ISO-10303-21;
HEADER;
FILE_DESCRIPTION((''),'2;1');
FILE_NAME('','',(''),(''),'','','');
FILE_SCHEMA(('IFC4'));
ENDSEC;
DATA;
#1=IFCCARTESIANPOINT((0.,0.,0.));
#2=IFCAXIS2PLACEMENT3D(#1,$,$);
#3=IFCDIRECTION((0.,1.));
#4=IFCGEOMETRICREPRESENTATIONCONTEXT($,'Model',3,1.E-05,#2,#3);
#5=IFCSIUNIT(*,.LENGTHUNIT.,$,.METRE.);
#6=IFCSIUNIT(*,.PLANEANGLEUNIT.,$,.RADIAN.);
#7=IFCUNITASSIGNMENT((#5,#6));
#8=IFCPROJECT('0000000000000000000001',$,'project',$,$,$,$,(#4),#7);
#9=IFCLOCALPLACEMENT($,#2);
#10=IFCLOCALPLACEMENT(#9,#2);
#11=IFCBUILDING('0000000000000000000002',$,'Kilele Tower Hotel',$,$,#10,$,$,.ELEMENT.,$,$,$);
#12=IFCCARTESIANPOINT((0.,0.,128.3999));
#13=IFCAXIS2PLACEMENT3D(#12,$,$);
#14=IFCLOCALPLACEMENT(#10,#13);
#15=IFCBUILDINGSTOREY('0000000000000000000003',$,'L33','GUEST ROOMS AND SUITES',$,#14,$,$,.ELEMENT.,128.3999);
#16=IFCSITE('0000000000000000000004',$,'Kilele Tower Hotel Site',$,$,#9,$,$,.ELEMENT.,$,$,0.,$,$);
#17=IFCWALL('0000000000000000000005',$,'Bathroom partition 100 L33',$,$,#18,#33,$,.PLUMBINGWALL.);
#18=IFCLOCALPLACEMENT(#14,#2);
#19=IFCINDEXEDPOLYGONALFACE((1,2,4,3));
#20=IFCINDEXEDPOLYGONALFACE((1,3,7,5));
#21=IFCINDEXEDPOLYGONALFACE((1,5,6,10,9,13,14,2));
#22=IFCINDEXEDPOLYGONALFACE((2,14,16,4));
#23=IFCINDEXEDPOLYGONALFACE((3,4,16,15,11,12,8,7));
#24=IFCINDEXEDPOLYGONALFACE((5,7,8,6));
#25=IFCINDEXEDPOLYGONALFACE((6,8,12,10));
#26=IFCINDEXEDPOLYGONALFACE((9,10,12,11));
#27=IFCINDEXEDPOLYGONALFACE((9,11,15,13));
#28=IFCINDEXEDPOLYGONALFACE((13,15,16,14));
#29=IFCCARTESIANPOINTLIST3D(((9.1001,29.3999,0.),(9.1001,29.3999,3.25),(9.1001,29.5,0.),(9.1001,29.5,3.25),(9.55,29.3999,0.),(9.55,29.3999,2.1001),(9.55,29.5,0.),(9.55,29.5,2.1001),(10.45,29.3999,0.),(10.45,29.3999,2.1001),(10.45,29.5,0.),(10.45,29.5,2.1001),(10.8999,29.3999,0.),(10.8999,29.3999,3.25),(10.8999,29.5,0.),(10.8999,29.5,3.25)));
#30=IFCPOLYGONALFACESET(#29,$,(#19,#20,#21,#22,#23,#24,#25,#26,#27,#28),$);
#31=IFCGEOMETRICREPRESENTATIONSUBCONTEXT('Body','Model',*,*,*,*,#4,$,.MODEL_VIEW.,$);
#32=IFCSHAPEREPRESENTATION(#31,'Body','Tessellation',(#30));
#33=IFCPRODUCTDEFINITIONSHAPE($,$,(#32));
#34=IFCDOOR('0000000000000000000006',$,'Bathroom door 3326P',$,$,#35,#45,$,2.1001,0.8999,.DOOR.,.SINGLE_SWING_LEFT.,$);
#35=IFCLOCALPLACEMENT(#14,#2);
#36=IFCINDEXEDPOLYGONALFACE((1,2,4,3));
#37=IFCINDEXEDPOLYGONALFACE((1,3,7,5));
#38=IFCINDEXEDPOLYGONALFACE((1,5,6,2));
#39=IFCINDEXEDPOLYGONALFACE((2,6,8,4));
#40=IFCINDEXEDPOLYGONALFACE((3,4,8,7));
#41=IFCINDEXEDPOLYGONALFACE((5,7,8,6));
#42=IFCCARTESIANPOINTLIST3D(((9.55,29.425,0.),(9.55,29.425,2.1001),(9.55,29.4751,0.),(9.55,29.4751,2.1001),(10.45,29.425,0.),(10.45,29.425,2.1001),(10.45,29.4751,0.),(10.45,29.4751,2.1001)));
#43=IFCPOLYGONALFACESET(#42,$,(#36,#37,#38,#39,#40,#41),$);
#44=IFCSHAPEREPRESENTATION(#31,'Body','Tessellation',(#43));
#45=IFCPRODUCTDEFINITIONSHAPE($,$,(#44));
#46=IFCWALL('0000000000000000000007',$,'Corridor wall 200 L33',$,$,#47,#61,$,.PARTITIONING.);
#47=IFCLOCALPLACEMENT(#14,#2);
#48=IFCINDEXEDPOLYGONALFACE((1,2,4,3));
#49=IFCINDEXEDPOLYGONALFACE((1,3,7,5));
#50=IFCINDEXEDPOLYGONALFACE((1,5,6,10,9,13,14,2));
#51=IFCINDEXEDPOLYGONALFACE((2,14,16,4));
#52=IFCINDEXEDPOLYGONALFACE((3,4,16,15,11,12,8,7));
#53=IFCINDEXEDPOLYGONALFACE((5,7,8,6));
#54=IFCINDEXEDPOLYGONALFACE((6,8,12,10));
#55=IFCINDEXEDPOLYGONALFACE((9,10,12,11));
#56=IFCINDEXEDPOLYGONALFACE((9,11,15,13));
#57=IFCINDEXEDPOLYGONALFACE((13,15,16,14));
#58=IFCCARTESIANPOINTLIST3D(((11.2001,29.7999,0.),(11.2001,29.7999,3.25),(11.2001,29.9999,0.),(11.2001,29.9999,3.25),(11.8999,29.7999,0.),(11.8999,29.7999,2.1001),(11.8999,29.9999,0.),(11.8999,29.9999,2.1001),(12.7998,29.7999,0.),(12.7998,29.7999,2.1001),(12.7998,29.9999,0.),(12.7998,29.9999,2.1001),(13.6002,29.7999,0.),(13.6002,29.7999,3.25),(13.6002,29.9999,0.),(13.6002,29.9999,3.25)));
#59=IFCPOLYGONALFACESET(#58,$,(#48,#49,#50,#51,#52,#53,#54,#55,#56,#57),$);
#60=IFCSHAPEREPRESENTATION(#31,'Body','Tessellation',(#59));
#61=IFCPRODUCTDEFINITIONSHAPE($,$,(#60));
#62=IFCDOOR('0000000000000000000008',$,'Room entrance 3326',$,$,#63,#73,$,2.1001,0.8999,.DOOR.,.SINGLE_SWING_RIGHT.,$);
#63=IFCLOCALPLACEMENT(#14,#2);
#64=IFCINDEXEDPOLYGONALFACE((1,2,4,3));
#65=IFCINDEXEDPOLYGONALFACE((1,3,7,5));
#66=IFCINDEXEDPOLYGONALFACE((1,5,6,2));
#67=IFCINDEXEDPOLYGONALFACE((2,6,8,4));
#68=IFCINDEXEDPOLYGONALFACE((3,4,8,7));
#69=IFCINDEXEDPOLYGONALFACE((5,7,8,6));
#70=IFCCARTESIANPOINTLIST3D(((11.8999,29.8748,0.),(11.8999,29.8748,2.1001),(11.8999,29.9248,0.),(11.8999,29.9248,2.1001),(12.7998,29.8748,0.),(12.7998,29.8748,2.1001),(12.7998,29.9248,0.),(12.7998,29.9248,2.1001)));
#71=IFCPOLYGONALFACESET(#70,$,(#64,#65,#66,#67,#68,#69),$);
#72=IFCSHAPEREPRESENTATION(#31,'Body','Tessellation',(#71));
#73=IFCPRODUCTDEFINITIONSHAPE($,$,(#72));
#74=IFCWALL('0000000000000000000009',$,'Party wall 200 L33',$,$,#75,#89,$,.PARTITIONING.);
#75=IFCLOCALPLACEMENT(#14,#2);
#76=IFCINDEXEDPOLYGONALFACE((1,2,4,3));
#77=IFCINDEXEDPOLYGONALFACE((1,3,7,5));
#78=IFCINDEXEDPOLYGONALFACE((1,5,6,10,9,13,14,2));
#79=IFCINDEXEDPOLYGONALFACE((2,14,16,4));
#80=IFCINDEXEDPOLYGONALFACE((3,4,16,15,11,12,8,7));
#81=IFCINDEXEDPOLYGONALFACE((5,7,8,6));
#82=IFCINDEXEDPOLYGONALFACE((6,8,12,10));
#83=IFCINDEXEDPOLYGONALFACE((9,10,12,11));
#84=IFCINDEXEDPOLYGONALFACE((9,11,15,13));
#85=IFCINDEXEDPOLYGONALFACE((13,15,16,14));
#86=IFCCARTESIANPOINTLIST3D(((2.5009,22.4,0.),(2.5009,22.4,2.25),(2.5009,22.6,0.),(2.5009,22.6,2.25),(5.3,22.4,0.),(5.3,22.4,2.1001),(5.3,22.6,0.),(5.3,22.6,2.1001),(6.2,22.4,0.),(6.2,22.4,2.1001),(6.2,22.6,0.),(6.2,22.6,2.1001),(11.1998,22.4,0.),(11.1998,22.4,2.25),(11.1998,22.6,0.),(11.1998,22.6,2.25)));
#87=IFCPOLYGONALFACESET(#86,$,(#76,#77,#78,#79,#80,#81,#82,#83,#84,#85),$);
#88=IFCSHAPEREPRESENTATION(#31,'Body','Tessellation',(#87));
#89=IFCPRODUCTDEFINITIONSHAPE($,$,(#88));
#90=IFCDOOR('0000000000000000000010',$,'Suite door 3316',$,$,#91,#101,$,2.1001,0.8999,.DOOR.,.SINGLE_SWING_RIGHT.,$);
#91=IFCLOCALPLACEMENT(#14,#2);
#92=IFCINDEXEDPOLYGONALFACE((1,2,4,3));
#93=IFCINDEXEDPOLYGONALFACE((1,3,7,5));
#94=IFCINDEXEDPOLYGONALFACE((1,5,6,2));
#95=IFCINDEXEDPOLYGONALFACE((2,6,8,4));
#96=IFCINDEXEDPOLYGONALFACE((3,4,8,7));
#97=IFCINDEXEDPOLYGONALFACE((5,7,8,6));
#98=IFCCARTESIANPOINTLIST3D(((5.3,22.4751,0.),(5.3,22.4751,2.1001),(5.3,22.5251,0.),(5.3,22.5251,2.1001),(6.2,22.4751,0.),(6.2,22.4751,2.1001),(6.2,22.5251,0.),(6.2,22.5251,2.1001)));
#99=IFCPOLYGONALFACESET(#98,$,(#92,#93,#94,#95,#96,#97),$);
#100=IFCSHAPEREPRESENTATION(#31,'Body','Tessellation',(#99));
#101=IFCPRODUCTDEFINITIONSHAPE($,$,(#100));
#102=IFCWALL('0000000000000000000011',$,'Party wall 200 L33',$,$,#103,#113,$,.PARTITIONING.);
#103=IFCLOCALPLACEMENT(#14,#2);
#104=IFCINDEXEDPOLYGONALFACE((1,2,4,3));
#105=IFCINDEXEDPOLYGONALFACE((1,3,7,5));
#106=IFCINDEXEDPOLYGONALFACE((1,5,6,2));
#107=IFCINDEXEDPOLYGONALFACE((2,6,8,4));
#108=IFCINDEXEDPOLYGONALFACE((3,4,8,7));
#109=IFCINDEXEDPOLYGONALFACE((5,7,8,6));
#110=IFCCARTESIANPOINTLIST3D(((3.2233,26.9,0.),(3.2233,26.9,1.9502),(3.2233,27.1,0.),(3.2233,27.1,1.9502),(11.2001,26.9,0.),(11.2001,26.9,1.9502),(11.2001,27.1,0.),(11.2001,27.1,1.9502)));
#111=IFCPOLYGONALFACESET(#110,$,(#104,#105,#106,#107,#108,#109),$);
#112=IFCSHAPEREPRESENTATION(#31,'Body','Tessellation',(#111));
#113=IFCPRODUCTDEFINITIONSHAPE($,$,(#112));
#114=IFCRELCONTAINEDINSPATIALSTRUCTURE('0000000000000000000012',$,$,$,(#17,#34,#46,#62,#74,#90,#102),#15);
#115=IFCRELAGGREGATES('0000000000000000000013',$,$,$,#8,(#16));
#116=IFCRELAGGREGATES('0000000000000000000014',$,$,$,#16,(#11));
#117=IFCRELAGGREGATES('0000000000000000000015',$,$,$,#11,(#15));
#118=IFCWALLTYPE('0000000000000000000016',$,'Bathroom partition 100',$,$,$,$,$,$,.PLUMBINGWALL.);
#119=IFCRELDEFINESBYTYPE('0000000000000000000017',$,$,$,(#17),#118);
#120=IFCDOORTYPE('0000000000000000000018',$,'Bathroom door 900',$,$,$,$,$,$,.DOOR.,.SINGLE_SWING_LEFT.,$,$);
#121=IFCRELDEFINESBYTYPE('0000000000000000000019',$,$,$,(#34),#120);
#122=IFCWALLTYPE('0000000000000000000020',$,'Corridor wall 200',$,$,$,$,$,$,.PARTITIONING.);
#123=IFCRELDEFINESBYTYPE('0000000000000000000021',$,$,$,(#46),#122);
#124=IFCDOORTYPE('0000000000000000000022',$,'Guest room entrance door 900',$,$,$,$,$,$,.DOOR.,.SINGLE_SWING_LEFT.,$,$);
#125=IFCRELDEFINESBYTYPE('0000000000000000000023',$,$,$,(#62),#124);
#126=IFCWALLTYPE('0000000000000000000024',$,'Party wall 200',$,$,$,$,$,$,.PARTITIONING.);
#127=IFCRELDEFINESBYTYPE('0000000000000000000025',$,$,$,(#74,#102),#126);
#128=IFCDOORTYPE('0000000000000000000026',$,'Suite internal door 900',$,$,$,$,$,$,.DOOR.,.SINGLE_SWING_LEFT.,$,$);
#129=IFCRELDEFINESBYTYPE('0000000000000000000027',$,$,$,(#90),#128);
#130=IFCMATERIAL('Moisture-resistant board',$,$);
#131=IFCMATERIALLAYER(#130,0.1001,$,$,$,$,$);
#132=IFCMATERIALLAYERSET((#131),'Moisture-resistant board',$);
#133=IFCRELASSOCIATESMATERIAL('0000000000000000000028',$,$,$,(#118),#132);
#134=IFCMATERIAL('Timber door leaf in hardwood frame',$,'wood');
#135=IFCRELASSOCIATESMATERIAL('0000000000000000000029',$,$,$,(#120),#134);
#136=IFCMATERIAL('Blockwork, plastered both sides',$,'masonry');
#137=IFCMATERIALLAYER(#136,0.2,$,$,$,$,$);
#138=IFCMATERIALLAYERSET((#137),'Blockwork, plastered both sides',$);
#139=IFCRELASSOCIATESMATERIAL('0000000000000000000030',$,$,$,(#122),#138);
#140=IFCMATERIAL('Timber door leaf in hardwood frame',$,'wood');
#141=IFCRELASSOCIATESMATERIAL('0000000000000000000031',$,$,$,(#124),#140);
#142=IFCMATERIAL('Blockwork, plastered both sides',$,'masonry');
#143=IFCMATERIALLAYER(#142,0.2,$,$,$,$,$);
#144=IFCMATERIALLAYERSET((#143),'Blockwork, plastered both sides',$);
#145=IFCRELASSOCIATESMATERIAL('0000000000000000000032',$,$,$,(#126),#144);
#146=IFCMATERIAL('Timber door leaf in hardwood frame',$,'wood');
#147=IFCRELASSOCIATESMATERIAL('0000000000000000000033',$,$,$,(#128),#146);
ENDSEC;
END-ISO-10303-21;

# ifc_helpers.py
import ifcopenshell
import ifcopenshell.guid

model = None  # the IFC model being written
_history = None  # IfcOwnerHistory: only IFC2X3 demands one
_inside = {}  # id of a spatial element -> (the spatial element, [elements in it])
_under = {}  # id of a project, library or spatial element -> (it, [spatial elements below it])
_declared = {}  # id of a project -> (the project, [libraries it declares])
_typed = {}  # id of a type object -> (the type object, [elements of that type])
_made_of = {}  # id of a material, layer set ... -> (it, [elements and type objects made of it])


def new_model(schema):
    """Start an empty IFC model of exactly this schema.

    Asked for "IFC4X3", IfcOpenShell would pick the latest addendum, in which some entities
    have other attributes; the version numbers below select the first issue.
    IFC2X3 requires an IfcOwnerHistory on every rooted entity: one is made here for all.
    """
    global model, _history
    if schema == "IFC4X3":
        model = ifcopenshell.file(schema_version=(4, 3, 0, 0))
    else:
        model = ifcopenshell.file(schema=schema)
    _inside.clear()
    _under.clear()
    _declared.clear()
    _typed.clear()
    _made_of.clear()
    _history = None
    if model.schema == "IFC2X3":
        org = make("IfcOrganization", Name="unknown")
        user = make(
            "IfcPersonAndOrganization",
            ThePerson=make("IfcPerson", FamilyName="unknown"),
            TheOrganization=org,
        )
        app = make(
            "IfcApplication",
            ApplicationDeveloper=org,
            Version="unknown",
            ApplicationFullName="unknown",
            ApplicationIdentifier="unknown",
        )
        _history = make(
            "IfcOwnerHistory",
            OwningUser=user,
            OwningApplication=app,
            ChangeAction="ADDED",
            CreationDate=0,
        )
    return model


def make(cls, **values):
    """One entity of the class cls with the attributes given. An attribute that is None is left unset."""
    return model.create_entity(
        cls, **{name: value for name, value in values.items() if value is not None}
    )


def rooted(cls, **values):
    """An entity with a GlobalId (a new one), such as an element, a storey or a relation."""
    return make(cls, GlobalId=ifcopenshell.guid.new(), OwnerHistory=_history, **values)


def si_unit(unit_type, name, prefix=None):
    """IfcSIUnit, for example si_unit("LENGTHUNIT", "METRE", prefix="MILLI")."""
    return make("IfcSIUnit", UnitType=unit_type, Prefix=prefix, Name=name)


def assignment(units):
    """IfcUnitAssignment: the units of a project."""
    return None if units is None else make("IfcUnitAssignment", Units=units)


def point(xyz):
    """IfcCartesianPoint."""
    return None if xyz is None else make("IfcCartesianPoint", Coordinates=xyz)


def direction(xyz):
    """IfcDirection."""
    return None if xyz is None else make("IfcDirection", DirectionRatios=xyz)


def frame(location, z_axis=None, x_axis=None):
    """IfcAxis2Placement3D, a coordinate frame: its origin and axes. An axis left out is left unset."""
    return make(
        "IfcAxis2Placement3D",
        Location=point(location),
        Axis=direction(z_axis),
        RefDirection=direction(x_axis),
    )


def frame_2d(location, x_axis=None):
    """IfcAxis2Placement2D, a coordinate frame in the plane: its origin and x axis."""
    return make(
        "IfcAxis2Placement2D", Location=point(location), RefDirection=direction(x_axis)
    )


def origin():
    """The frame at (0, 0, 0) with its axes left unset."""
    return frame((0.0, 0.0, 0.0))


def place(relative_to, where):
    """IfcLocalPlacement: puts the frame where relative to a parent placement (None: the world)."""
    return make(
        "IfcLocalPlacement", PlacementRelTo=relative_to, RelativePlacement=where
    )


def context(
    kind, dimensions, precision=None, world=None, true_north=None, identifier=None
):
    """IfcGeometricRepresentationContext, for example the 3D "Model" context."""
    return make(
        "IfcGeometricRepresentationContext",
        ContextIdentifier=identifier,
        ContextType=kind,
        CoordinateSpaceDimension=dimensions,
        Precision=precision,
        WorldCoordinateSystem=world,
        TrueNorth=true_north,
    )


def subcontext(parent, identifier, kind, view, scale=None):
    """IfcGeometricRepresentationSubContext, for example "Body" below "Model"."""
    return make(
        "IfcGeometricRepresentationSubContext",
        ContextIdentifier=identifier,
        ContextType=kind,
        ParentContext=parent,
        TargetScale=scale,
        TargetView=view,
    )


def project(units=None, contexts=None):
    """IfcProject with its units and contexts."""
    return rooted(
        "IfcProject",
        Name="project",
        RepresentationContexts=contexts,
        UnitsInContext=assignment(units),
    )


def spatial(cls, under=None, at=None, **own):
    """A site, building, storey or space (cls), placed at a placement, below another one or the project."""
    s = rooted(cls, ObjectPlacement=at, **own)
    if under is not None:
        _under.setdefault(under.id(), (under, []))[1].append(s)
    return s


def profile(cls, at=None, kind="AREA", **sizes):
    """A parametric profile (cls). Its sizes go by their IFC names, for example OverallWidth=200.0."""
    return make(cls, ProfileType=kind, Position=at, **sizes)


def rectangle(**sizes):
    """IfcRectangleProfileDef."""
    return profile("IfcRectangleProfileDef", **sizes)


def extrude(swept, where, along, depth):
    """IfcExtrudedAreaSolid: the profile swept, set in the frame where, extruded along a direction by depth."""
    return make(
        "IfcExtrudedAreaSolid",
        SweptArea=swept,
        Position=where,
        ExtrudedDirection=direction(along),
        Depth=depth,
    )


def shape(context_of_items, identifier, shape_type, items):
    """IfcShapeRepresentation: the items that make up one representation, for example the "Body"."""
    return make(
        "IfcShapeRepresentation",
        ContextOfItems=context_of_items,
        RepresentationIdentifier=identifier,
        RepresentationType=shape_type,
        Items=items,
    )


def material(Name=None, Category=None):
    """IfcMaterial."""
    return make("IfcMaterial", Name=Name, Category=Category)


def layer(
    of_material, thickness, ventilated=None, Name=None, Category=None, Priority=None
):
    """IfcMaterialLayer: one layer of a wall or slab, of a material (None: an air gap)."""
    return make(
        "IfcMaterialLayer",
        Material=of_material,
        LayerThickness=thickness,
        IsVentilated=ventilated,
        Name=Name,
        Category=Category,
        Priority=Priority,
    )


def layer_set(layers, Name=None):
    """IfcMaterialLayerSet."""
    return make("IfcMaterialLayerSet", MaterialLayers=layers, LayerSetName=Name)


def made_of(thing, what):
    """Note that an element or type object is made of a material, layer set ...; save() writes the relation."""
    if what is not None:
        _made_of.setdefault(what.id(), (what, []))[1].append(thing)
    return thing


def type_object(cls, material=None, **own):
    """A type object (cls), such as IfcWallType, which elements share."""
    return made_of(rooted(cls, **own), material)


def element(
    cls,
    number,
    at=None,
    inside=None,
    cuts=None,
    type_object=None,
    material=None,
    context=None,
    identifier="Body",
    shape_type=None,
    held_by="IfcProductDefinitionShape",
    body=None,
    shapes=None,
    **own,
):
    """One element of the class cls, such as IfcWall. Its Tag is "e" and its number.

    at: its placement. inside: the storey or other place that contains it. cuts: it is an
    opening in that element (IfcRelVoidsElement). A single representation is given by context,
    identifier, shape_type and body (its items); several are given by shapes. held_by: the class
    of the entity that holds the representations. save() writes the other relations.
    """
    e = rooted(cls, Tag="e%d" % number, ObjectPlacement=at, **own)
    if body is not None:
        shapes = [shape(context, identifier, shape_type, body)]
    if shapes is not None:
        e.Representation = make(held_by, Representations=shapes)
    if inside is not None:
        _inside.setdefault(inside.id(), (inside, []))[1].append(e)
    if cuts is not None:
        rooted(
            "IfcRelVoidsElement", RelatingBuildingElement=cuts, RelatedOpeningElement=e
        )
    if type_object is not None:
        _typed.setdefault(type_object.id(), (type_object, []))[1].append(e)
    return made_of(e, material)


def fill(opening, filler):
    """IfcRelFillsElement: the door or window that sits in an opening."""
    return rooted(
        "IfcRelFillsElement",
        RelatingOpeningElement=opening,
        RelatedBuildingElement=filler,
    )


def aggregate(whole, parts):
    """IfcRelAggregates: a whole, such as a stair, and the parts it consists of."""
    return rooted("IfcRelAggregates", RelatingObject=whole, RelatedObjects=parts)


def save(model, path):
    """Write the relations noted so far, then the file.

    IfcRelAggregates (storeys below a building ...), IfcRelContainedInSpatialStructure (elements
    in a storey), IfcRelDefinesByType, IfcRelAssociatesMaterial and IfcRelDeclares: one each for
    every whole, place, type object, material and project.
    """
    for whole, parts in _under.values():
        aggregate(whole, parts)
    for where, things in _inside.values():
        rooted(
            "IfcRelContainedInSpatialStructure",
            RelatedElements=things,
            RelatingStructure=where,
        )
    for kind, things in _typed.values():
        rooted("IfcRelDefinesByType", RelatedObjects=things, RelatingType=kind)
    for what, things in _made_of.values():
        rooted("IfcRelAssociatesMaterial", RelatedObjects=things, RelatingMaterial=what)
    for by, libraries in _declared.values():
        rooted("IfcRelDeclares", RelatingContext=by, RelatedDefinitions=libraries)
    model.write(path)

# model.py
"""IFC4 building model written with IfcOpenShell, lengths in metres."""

from ifc_helpers import new_model, si_unit, direction, frame, frame_2d, origin, place, context, subcontext, project, spatial, rectangle, extrude, material, layer, layer_set, type_object, element, fill, save


model = new_model("IFC4")

# Units and contexts
model_context = context("Model", 3, precision=1e-05, world=origin(), true_north=direction((0.0, 1.0)))
body_context = subcontext(model_context, "Body", "Model", "MODEL_VIEW")
ifc_project = project(units=[si_unit("LENGTHUNIT", "METRE"), si_unit("PLANEANGLEUNIT", "RADIAN")], contexts=[model_context])

# Site, building, storey
site_placement = place(None, origin())
site = spatial("IfcSite", under=ifc_project, at=site_placement, Name="Kilele Tower Hotel Site", CompositionType="ELEMENT", RefElevation=0.0)
building_placement = place(site_placement, origin())
building = spatial("IfcBuilding", under=site, at=building_placement, Name="Kilele Tower Hotel", CompositionType="ELEMENT")
storey_placement = place(building_placement, frame((0.0, 0.0, 128.3999)))
storey = spatial("IfcBuildingStorey", under=building, at=storey_placement, Name="L33", Description="GUEST ROOMS AND SUITES", CompositionType="ELEMENT", Elevation=128.3999)

# Shared definitions
ifc_material_1 = material(Name="Moisture-resistant board")
ifc_layer_1 = layer(ifc_material_1, 0.1001)
ifc_layer_set_1 = layer_set([ifc_layer_1], Name="Moisture-resistant board")
wall_type_1 = type_object("IfcWallType", Name="Bathroom partition 100", PredefinedType="PLUMBINGWALL", material=ifc_layer_set_1)
ifc_material_2 = material(Name="Timber door leaf in hardwood frame", Category="wood")
door_type_1 = type_object("IfcDoorType", Name="Bathroom door 900", OperationType="SINGLE_SWING_LEFT", PredefinedType="DOOR", material=ifc_material_2)

# Walls, openings, doors
wall_1_placement = place(storey_placement, frame((10.8999, 29.45, 0.0), z_axis=(0.0, 0.0, 1.0), x_axis=(-1.0, 0.0, 0.0)))
wall_1 = element("IfcWall", 1, at=wall_1_placement, inside=storey, type_object=wall_type_1, Name="Bathroom partition 100 L33", PredefinedType="PLUMBINGWALL", context=body_context, shape_type="SweptSolid", body=[
    extrude(rectangle(XDim=1.7998, YDim=0.1001, at=frame_2d((0.8999, 0.0))), origin(), (0.0, 0.0, 1.0), 3.25),
])
opening_1_placement = place(wall_1_placement, frame((0.45, 0.0, 0.0)))
opening_1 = element("IfcOpeningElement", 2, at=opening_1_placement, cuts=wall_1, PredefinedType="OPENING", context=body_context, shape_type="SweptSolid", body=[
    extrude(rectangle(XDim=0.8999, YDim=2.1001, at=frame_2d((0.45, 1.05))), frame((0.0, 0.0601, 0.0), z_axis=(0.0, -1.0, 0.0), x_axis=(1.0, 0.0, 0.0)), (0.0, 0.0, 1.0), 0.1201),
])
door_1_placement = place(opening_1_placement, origin())
door_1 = element("IfcDoor", 3, at=door_1_placement, inside=storey, type_object=door_type_1, Name="Bathroom door 3326P", OperationType="SINGLE_SWING_LEFT", OverallHeight=2.1001, OverallWidth=0.8999, PredefinedType="DOOR", context=body_context, shape_type="SweptSolid", body=[
    extrude(rectangle(XDim=0.8999, YDim=2.1001, at=frame_2d((0.45, 1.05))), frame((0.0, 0.0249, 0.0), z_axis=(0.0, -1.0, 0.0), x_axis=(1.0, 0.0, 0.0)), (0.0, 0.0, 1.0), 0.05),
])
fill(opening_1, door_1)
ifc_material_3 = material(Name="Blockwork, plastered both sides", Category="masonry")
ifc_layer_2 = layer(ifc_material_3, 0.2)
ifc_layer_set_2 = layer_set([ifc_layer_2], Name="Blockwork, plastered both sides")
wall_type_2 = type_object("IfcWallType", Name="Corridor wall 200", PredefinedType="PARTITIONING", material=ifc_layer_set_2)
wall_2_placement = place(storey_placement, frame((11.2, 29.8999, 0.0), z_axis=(0.0, 0.0, 1.0), x_axis=(1.0, 0.0, 0.0)))
wall_2 = element("IfcWall", 4, at=wall_2_placement, inside=storey, type_object=wall_type_2, Name="Corridor wall 200 L33", PredefinedType="PARTITIONING", context=body_context, shape_type="SweptSolid", body=[
    extrude(rectangle(XDim=2.4001, YDim=0.2, at=frame_2d((1.2002, 0.0))), origin(), (0.0, 0.0, 1.0), 3.25),
])
opening_2_placement = place(wall_2_placement, frame((0.7, 0.0, 0.0)))
opening_2 = element("IfcOpeningElement", 5, at=opening_2_placement, cuts=wall_2, PredefinedType="OPENING", context=body_context, shape_type="SweptSolid", body=[
    extrude(rectangle(XDim=0.8999, YDim=2.1001, at=frame_2d((0.45, 1.05))), frame((0.0, 0.1099, 0.0), z_axis=(0.0, -1.0, 0.0), x_axis=(1.0, 0.0, 0.0)), (0.0, 0.0, 1.0), 0.22),
])
ifc_material_4 = material(Name="Timber door leaf in hardwood frame", Category="wood")
door_type_2 = type_object("IfcDoorType", Name="Guest room entrance door 900", OperationType="SINGLE_SWING_LEFT", PredefinedType="DOOR", material=ifc_material_4)
door_2_placement = place(opening_2_placement, origin())
door_2 = element("IfcDoor", 6, at=door_2_placement, inside=storey, type_object=door_type_2, Name="Room entrance 3326", OperationType="SINGLE_SWING_RIGHT", OverallHeight=2.1001, OverallWidth=0.8999, PredefinedType="DOOR", context=body_context, shape_type="SweptSolid", body=[
    extrude(rectangle(XDim=0.8999, YDim=2.1001, at=frame_2d((0.45, 1.05))), frame((0.0, 0.0249, 0.0), z_axis=(0.0, -1.0, 0.0), x_axis=(1.0, 0.0, 0.0)), (0.0, 0.0, 1.0), 0.05),
])
fill(opening_2, door_2)
ifc_material_5 = material(Name="Blockwork, plastered both sides", Category="masonry")
ifc_layer_3 = layer(ifc_material_5, 0.2)
ifc_layer_set_3 = layer_set([ifc_layer_3], Name="Blockwork, plastered both sides")
wall_type_3 = type_object("IfcWallType", Name="Party wall 200", PredefinedType="PARTITIONING", material=ifc_layer_set_3)
wall_3_placement = place(storey_placement, frame((11.2, 22.5, 0.0), z_axis=(0.0, 0.0, 1.0), x_axis=(-1.0, 0.0, 0.0)))
wall_3 = element("IfcWall", 7, at=wall_3_placement, inside=storey, type_object=wall_type_3, Name="Party wall 200 L33", PredefinedType="PARTITIONING", context=body_context, shape_type="SweptSolid", body=[
    extrude(rectangle(XDim=8.699, YDim=0.2, at=frame_2d((4.3496, 0.0))), origin(), (0.0, 0.0, 1.0), 2.25),
])
opening_3_placement = place(wall_3_placement, frame((5.0, 0.0, 0.0)))
opening_3 = element("IfcOpeningElement", 8, at=opening_3_placement, cuts=wall_3, PredefinedType="OPENING", context=body_context, shape_type="SweptSolid", body=[
    extrude(rectangle(XDim=0.8999, YDim=2.1001, at=frame_2d((0.45, 1.05))), frame((0.0, 0.1099, 0.0), z_axis=(0.0, -1.0, 0.0), x_axis=(1.0, 0.0, 0.0)), (0.0, 0.0, 1.0), 0.22),
])
ifc_material_6 = material(Name="Timber door leaf in hardwood frame", Category="wood")
door_type_3 = type_object("IfcDoorType", Name="Suite internal door 900", OperationType="SINGLE_SWING_LEFT", PredefinedType="DOOR", material=ifc_material_6)
door_3_placement = place(opening_3_placement, origin())
door_3 = element("IfcDoor", 9, at=door_3_placement, inside=storey, type_object=door_type_3, Name="Suite door 3316", OperationType="SINGLE_SWING_RIGHT", OverallHeight=2.1001, OverallWidth=0.8999, PredefinedType="DOOR", context=body_context, shape_type="SweptSolid", body=[
    extrude(rectangle(XDim=0.8999, YDim=2.1001, at=frame_2d((0.45, 1.05))), frame((0.0, 0.0249, 0.0), z_axis=(0.0, -1.0, 0.0), x_axis=(1.0, 0.0, 0.0)), (0.0, 0.0, 1.0), 0.05),
])
fill(opening_3, door_3)

# Wall
wall_4_placement = place(storey_placement, frame((11.2, 27.0, 0.0), z_axis=(0.0, 0.0, 1.0), x_axis=(-1.0, 0.0, 0.0)))
element("IfcWall", 10, at=wall_4_placement, inside=storey, type_object=wall_type_3, Name="Party wall 200 L33", PredefinedType="PARTITIONING", context=body_context, shape_type="SweptSolid", body=[
    extrude(rectangle(XDim=7.9768, YDim=0.2, at=frame_2d((3.9883, 0.0))), origin(), (0.0, 0.0, 1.0), 1.9502),
])

save(model, "model.ifc")
